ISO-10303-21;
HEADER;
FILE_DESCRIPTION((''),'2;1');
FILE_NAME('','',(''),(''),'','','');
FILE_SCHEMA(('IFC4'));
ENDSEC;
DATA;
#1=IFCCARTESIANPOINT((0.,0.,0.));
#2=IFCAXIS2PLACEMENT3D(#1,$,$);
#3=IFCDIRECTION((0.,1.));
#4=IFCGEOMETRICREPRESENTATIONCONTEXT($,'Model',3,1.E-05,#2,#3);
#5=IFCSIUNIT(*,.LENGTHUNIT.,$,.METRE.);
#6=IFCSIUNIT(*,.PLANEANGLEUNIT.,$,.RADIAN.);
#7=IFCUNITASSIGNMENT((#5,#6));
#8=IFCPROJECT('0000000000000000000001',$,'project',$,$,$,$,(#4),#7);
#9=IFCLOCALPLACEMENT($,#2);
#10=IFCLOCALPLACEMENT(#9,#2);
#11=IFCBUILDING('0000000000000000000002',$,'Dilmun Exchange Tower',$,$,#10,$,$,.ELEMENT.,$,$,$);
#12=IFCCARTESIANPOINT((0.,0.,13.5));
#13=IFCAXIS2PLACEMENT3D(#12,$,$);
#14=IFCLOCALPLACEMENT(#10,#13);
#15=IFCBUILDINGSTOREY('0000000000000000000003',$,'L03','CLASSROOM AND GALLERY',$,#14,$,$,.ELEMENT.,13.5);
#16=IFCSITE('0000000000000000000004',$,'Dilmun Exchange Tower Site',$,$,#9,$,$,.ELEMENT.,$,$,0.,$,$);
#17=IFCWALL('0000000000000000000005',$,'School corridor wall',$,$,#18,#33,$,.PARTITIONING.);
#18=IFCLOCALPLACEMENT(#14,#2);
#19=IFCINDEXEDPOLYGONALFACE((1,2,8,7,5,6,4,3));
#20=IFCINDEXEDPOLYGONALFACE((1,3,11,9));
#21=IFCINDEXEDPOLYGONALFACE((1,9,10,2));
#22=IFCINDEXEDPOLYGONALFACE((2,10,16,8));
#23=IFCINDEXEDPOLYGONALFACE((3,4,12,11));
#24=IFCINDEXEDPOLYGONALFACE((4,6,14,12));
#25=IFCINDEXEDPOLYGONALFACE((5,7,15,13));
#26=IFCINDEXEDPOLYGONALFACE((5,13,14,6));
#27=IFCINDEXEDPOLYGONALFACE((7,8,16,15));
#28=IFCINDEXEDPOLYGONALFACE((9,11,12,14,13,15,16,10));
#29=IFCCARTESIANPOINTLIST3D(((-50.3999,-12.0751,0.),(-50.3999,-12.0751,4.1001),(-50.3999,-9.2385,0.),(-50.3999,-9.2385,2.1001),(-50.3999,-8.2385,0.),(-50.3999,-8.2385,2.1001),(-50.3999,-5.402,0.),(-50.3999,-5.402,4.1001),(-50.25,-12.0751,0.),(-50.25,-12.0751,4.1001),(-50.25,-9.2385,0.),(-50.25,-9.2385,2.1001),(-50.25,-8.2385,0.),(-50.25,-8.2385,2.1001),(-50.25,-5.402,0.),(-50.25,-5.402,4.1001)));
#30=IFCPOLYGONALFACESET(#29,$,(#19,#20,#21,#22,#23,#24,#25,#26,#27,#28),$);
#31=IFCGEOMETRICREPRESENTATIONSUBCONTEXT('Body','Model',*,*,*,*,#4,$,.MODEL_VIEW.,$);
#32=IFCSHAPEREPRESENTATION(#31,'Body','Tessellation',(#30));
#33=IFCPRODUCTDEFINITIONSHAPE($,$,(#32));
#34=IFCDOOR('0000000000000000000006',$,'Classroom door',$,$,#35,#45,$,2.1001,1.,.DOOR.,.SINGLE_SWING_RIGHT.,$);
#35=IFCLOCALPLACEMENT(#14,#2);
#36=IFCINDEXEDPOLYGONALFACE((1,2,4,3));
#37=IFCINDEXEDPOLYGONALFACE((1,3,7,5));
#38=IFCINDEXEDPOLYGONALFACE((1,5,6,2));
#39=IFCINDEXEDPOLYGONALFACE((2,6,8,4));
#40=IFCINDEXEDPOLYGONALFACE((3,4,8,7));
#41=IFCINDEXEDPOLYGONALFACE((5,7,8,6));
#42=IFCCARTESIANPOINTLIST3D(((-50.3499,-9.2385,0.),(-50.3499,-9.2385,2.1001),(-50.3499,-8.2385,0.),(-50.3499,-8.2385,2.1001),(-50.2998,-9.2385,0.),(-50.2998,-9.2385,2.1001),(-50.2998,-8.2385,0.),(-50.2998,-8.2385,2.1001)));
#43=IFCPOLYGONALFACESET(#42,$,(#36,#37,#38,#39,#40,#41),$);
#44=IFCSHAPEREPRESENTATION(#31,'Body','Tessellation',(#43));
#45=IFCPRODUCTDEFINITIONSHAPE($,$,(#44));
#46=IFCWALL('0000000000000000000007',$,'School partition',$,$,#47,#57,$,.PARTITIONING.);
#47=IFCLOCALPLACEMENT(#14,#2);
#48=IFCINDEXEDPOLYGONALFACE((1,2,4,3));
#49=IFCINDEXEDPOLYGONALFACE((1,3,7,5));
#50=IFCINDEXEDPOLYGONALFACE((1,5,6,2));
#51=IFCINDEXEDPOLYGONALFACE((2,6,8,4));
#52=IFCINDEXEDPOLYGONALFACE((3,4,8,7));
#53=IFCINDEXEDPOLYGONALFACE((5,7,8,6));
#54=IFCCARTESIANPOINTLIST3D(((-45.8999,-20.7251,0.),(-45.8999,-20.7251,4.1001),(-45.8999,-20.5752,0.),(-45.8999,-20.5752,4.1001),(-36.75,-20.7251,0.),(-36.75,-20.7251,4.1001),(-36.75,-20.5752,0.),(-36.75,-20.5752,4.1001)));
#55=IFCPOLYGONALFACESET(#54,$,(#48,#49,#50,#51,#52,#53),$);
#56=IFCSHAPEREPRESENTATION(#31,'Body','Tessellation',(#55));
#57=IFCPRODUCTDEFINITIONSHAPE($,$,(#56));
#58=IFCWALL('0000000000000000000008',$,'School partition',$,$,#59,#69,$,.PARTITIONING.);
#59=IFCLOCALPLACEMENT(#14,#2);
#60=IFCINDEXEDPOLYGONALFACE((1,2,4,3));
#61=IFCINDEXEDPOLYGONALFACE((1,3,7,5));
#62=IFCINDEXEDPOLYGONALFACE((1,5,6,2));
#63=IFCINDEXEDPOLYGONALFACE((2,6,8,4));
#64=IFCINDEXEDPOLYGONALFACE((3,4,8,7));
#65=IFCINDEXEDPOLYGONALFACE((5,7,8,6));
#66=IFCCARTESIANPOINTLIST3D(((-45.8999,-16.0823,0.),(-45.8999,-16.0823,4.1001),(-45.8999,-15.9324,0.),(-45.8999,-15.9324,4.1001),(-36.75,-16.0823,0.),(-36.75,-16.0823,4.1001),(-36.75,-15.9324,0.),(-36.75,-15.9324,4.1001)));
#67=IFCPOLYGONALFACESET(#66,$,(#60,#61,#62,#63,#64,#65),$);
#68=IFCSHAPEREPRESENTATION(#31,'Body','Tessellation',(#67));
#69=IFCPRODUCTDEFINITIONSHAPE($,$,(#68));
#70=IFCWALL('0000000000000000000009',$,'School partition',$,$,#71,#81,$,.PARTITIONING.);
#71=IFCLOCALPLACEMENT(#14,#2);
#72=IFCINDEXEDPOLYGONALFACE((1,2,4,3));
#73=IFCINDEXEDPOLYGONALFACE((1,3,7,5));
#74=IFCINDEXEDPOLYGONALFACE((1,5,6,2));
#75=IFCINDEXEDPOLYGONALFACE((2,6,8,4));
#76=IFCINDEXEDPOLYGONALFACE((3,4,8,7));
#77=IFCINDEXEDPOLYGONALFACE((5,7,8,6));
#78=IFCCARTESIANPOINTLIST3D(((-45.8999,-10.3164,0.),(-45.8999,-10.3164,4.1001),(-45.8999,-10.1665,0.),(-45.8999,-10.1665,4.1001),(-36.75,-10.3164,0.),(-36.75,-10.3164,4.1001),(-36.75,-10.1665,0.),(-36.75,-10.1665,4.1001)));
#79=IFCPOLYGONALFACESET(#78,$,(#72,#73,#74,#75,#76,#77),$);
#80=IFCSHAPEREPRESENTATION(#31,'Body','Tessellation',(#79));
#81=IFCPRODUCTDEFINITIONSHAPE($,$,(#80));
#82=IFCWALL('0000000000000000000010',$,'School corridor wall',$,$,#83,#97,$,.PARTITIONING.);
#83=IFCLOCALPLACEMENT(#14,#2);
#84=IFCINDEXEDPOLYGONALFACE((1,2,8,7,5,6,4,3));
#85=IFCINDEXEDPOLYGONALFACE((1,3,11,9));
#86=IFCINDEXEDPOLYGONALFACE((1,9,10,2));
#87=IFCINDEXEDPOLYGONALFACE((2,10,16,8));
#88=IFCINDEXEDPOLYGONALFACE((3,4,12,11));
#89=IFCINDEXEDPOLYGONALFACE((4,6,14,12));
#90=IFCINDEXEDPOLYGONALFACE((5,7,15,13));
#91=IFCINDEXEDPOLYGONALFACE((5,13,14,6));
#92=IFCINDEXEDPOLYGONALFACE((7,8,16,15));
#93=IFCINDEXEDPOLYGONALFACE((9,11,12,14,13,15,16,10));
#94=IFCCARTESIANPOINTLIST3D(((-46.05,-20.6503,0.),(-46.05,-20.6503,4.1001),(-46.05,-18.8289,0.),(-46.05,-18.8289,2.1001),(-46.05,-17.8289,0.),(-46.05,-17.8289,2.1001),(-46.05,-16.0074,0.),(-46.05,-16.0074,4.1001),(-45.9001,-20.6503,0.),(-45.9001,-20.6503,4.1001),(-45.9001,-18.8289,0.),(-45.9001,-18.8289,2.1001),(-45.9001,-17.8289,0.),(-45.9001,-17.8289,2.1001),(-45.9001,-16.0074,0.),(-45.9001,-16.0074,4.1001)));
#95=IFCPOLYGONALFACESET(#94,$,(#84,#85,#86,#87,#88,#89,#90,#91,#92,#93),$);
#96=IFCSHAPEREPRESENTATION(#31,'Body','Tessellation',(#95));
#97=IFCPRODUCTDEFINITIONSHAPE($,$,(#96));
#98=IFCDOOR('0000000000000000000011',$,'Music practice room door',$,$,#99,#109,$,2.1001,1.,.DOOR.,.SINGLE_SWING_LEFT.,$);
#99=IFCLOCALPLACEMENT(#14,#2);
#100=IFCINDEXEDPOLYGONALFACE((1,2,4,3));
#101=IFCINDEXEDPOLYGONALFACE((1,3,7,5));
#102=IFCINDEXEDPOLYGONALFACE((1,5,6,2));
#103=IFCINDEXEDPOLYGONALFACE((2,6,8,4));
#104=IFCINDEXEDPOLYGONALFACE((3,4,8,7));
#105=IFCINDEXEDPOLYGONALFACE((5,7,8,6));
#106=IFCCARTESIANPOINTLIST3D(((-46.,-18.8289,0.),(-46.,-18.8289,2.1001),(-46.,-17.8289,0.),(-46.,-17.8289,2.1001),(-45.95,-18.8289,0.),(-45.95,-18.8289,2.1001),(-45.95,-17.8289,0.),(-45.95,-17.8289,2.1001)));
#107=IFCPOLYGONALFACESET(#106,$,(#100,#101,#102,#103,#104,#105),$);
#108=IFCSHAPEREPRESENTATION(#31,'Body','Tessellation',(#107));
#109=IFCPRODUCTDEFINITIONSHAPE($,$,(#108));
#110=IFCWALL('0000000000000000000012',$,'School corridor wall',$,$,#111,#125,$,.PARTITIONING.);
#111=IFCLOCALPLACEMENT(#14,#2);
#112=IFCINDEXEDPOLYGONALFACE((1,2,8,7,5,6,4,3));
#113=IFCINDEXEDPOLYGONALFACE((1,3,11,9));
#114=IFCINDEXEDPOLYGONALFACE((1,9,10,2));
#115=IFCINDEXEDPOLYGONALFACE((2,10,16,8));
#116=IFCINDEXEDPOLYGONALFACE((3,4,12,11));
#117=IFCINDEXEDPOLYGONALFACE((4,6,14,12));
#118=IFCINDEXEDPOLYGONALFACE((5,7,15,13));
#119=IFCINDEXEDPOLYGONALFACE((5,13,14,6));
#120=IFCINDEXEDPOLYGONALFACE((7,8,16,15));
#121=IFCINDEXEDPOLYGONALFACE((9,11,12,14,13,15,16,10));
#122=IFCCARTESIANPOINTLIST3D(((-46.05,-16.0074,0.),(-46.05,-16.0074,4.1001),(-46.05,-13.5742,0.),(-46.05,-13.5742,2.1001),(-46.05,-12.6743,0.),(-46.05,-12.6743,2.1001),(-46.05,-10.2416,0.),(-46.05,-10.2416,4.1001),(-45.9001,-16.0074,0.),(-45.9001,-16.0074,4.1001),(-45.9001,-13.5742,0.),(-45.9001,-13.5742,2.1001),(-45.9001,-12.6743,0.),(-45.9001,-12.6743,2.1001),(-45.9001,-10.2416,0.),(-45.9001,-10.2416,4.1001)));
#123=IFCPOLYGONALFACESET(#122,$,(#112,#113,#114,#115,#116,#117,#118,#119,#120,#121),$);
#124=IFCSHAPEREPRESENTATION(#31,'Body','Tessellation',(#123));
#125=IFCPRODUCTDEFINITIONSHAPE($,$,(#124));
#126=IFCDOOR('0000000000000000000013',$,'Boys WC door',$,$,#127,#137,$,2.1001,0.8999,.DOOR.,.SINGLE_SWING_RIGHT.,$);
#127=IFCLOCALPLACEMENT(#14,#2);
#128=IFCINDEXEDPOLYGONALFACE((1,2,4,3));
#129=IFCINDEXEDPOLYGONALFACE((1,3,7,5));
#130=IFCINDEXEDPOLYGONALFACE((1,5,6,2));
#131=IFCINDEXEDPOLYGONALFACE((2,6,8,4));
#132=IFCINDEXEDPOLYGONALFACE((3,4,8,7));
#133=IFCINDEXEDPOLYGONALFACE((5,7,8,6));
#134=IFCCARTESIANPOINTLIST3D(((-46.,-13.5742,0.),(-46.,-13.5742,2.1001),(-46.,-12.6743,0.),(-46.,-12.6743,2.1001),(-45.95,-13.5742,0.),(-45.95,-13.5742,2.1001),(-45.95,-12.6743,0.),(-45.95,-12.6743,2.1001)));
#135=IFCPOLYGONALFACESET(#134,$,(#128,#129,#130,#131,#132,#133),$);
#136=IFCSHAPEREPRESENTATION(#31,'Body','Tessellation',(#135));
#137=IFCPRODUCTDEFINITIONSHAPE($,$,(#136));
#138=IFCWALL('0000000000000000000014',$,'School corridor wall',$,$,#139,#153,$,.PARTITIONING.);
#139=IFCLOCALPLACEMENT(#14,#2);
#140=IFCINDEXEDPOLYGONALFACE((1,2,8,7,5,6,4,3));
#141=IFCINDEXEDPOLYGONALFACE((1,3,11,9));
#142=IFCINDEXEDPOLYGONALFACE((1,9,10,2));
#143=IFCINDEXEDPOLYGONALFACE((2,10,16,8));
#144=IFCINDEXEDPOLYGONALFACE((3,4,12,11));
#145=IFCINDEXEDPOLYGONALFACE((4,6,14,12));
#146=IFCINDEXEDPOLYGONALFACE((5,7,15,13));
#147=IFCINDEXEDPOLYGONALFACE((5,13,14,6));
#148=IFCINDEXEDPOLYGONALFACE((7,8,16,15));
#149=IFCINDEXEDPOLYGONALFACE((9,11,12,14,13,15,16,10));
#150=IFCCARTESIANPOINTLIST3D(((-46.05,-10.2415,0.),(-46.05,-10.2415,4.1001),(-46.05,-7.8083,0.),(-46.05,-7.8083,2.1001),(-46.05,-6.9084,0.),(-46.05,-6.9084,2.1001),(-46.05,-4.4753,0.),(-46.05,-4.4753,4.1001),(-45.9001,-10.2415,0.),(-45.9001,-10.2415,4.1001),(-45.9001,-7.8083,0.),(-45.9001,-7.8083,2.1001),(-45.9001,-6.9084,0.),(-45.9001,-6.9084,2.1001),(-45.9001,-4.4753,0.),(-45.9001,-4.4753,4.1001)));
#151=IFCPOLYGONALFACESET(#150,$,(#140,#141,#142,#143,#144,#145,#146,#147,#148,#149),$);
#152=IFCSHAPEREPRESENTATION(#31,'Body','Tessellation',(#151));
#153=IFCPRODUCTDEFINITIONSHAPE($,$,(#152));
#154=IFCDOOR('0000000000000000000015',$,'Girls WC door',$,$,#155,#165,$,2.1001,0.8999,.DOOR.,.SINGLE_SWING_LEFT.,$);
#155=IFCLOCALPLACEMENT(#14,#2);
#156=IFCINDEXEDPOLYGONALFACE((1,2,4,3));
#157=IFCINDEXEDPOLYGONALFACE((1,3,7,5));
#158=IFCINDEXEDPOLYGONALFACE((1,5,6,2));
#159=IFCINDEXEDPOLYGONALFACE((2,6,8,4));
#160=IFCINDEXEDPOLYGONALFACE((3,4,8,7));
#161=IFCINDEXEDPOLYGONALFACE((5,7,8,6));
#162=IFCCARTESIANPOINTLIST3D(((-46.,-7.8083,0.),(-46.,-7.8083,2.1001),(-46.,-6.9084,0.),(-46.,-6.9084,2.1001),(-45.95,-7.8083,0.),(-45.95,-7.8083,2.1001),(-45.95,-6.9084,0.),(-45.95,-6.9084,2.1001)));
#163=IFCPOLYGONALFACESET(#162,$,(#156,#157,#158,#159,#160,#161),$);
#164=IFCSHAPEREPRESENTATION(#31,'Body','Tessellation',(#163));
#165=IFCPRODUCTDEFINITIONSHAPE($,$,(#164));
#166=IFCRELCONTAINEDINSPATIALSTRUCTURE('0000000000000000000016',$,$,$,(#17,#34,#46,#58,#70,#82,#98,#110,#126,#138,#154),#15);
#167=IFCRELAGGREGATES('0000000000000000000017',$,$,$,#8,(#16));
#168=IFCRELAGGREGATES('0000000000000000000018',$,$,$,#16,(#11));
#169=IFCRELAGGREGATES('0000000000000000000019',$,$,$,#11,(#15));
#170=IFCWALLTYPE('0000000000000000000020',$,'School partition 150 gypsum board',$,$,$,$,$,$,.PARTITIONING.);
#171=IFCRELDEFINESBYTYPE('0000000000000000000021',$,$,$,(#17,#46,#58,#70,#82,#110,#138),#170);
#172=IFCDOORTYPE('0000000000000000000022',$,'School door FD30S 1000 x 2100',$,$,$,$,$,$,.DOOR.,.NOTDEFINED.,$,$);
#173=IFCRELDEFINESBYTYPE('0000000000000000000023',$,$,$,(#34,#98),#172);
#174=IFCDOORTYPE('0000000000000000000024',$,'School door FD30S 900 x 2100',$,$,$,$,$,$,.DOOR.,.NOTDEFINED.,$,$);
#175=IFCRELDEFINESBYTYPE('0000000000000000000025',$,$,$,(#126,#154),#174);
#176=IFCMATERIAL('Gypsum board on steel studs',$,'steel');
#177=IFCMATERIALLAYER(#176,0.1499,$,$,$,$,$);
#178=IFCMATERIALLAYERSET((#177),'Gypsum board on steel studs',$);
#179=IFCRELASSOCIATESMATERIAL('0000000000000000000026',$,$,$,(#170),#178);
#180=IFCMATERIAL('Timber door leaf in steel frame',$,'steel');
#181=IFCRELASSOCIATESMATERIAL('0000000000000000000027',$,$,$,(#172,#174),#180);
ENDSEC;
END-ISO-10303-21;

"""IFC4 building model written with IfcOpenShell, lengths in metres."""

from ifc_helpers import new_model, si_unit, direction, frame, frame_2d, origin, place, context, subcontext, project, spatial, rectangle, extrude, material, layer, layer_set, type_object, element, fill, save


model = new_model("IFC4")

# Units and contexts
model_context = context("Model", 3, precision=1e-05, world=origin(), true_north=direction((0.0, 1.0)))
body_context = subcontext(model_context, "Body", "Model", "MODEL_VIEW")
ifc_project = project(units=[si_unit("LENGTHUNIT", "METRE"), si_unit("PLANEANGLEUNIT", "RADIAN")], contexts=[model_context])

# Site, building, storey
site_placement = place(None, origin())
site = spatial("IfcSite", under=ifc_project, at=site_placement, Name="Dilmun Exchange Tower Site", CompositionType="ELEMENT", RefElevation=0.0)
building_placement = place(site_placement, origin())
building = spatial("IfcBuilding", under=site, at=building_placement, Name="Dilmun Exchange Tower", CompositionType="ELEMENT")
storey_placement = place(building_placement, frame((0.0, 0.0, 13.5)))
storey = spatial("IfcBuildingStorey", under=building, at=storey_placement, Name="L03", Description="CLASSROOM AND GALLERY", CompositionType="ELEMENT", Elevation=13.5)

# Shared definitions
ifc_material_1 = material(Name="Gypsum board on steel studs", Category="steel")
ifc_layer_1 = layer(ifc_material_1, 0.1499)
ifc_layer_set_1 = layer_set([ifc_layer_1], Name="Gypsum board on steel studs")
wall_type_1 = type_object("IfcWallType", Name="School partition 150 gypsum board", PredefinedType="PARTITIONING", material=ifc_layer_set_1)

# Wall, opening, door
ifc_material_2 = material(Name="Timber door leaf in steel frame", Category="steel")
door_type_1 = type_object("IfcDoorType", Name="School door FD30S 1000 x 2100", OperationType="NOTDEFINED", PredefinedType="DOOR", material=ifc_material_2)
wall_1_placement = place(storey_placement, frame((-50.325, -12.075, 0.0), z_axis=(0.0, 0.0, 1.0), x_axis=(0.0, 1.0, 0.0)))
wall_1 = element("IfcWall", 1, at=wall_1_placement, inside=storey, type_object=wall_type_1, Name="School corridor wall", PredefinedType="PARTITIONING", context=body_context, shape_type="SweptSolid", body=[
    extrude(rectangle(XDim=6.6731, YDim=0.1499, at=frame_2d((3.3364, 0.0))), origin(), (0.0, 0.0, 1.0), 4.1001),
])
opening_1_placement = place(wall_1_placement, frame((2.8364, 0.0, 0.0)))
opening_1 = element("IfcOpeningElement", 2, at=opening_1_placement, cuts=wall_1, PredefinedType="OPENING", context=body_context, shape_type="SweptSolid", body=[
    extrude(rectangle(XDim=1.0, YDim=2.1001, at=frame_2d((0.5, 1.05))), frame((0.0, 0.085, 0.0), z_axis=(0.0, -1.0, 0.0), x_axis=(1.0, 0.0, 0.0)), (0.0, 0.0, 1.0), 0.1699),
])
door_1_placement = place(opening_1_placement, origin())
door_1 = element("IfcDoor", 3, at=door_1_placement, inside=storey, type_object=door_type_1, Name="Classroom door", OperationType="SINGLE_SWING_RIGHT", OverallHeight=2.1001, OverallWidth=1.0, PredefinedType="DOOR", context=body_context, shape_type="SweptSolid", body=[
    extrude(rectangle(XDim=1.0, YDim=2.1001, at=frame_2d((0.5, 1.05))), frame((0.0, 0.0249, 0.0), z_axis=(0.0, -1.0, 0.0), x_axis=(1.0, 0.0, 0.0)), (0.0, 0.0, 1.0), 0.05),
])
fill(opening_1, door_1)

# Walls
for number, where, z_axis, x_axis, name in (
    (4, (-45.8999, -20.6501, 0.0), (0.0, 0.0, 1.0), (1.0, 0.0, 0.0), "School partition"),
    (5, (-45.8999, -16.0073, 0.0), (0.0, 0.0, 1.0), (1.0, 0.0, 0.0), "School partition"),
    (6, (-45.8999, -10.2415, 0.0), (0.0, 0.0, 1.0), (1.0, 0.0, 0.0), "School partition"),
):
    element("IfcWall", number, at=place(storey_placement, frame(where, z_axis=z_axis, x_axis=x_axis)), inside=storey, type_object=wall_type_1, Name=name, PredefinedType="PARTITIONING", context=body_context, shape_type="SweptSolid", body=[
        extrude(rectangle(XDim=9.1499, YDim=0.1499, at=frame_2d((4.575, 0.0))), origin(), (0.0, 0.0, 1.0), 4.1001),
    ])

# Walls, openings, doors
wall_2_placement = place(storey_placement, frame((-45.9751, -20.6501, 0.0), z_axis=(0.0, 0.0, 1.0), x_axis=(0.0, 1.0, 0.0)))
wall_2 = element("IfcWall", 7, at=wall_2_placement, inside=storey, type_object=wall_type_1, Name="School corridor wall", PredefinedType="PARTITIONING", context=body_context, shape_type="SweptSolid", body=[
    extrude(rectangle(XDim=4.6428, YDim=0.1499, at=frame_2d((2.3213, 0.0))), origin(), (0.0, 0.0, 1.0), 4.1001),
])
opening_2_placement = place(wall_2_placement, frame((1.8213, 0.0, 0.0)))
opening_2 = element("IfcOpeningElement", 8, at=opening_2_placement, cuts=wall_2, PredefinedType="OPENING", context=body_context, shape_type="SweptSolid", body=[
    extrude(rectangle(XDim=1.0, YDim=2.1001, at=frame_2d((0.5, 1.05))), frame((0.0, 0.085, 0.0), z_axis=(0.0, -1.0, 0.0), x_axis=(1.0, 0.0, 0.0)), (0.0, 0.0, 1.0), 0.1699),
])
door_2_placement = place(opening_2_placement, origin())
door_2 = element("IfcDoor", 9, at=door_2_placement, inside=storey, type_object=door_type_1, Name="Music practice room door", OperationType="SINGLE_SWING_LEFT", OverallHeight=2.1001, OverallWidth=1.0, PredefinedType="DOOR", context=body_context, shape_type="SweptSolid", body=[
    extrude(rectangle(XDim=1.0, YDim=2.1001, at=frame_2d((0.5, 1.05))), frame((0.0, 0.0249, 0.0), z_axis=(0.0, -1.0, 0.0), x_axis=(1.0, 0.0, 0.0)), (0.0, 0.0, 1.0), 0.05),
])
fill(opening_2, door_2)
wall_3_placement = place(storey_placement, frame((-45.9751, -16.0073, 0.0), z_axis=(0.0, 0.0, 1.0), x_axis=(0.0, 1.0, 0.0)))
wall_3 = element("IfcWall", 10, at=wall_3_placement, inside=storey, type_object=wall_type_1, Name="School corridor wall", PredefinedType="PARTITIONING", context=body_context, shape_type="SweptSolid", body=[
    extrude(rectangle(XDim=5.7659, YDim=0.1499, at=frame_2d((2.8828, 0.0))), origin(), (0.0, 0.0, 1.0), 4.1001),
])
opening_3_placement = place(wall_3_placement, frame((2.4331, 0.0, 0.0)))
opening_3 = element("IfcOpeningElement", 11, at=opening_3_placement, cuts=wall_3, PredefinedType="OPENING", context=body_context, shape_type="SweptSolid", body=[
    extrude(rectangle(XDim=0.8999, YDim=2.1001, at=frame_2d((0.45, 1.05))), frame((0.0, 0.085, 0.0), z_axis=(0.0, -1.0, 0.0), x_axis=(1.0, 0.0, 0.0)), (0.0, 0.0, 1.0), 0.1699),
])
door_type_2 = type_object("IfcDoorType", Name="School door FD30S 900 x 2100", OperationType="NOTDEFINED", PredefinedType="DOOR", material=ifc_material_2)
door_3_placement = place(opening_3_placement, origin())
door_3 = element("IfcDoor", 12, at=door_3_placement, inside=storey, type_object=door_type_2, Name="Boys WC door", OperationType="SINGLE_SWING_RIGHT", OverallHeight=2.1001, OverallWidth=0.8999, PredefinedType="DOOR", context=body_context, shape_type="SweptSolid", body=[
    extrude(rectangle(XDim=0.8999, YDim=2.1001, at=frame_2d((0.45, 1.05))), frame((0.0, 0.0249, 0.0), z_axis=(0.0, -1.0, 0.0), x_axis=(1.0, 0.0, 0.0)), (0.0, 0.0, 1.0), 0.05),
])
fill(opening_3, door_3)
wall_4_placement = place(storey_placement, frame((-45.9751, -10.2415, 0.0), z_axis=(0.0, 0.0, 1.0), x_axis=(0.0, 1.0, 0.0)))
wall_4 = element("IfcWall", 13, at=wall_4_placement, inside=storey, type_object=wall_type_1, Name="School corridor wall", PredefinedType="PARTITIONING", context=body_context, shape_type="SweptSolid", body=[
    extrude(rectangle(XDim=5.7661, YDim=0.1499, at=frame_2d((2.8831, 0.0))), origin(), (0.0, 0.0, 1.0), 4.1001),
])
opening_4_placement = place(wall_4_placement, frame((2.4331, 0.0, 0.0)))
opening_4 = element("IfcOpeningElement", 14, at=opening_4_placement, cuts=wall_4, PredefinedType="OPENING", context=body_context, shape_type="SweptSolid", body=[
    extrude(rectangle(XDim=0.8999, YDim=2.1001, at=frame_2d((0.45, 1.05))), frame((0.0, 0.085, 0.0), z_axis=(0.0, -1.0, 0.0), x_axis=(1.0, 0.0, 0.0)), (0.0, 0.0, 1.0), 0.1699),
])
door_4_placement = place(opening_4_placement, origin())
door_4 = element("IfcDoor", 15, at=door_4_placement, inside=storey, type_object=door_type_2, Name="Girls WC door", OperationType="SINGLE_SWING_LEFT", OverallHeight=2.1001, OverallWidth=0.8999, PredefinedType="DOOR", context=body_context, shape_type="SweptSolid", body=[
    extrude(rectangle(XDim=0.8999, YDim=2.1001, at=frame_2d((0.45, 1.05))), frame((0.0, 0.0249, 0.0), z_axis=(0.0, -1.0, 0.0), x_axis=(1.0, 0.0, 0.0)), (0.0, 0.0, 1.0), 0.05),
])
fill(opening_4, door_4)

save(model, "model.ifc")
